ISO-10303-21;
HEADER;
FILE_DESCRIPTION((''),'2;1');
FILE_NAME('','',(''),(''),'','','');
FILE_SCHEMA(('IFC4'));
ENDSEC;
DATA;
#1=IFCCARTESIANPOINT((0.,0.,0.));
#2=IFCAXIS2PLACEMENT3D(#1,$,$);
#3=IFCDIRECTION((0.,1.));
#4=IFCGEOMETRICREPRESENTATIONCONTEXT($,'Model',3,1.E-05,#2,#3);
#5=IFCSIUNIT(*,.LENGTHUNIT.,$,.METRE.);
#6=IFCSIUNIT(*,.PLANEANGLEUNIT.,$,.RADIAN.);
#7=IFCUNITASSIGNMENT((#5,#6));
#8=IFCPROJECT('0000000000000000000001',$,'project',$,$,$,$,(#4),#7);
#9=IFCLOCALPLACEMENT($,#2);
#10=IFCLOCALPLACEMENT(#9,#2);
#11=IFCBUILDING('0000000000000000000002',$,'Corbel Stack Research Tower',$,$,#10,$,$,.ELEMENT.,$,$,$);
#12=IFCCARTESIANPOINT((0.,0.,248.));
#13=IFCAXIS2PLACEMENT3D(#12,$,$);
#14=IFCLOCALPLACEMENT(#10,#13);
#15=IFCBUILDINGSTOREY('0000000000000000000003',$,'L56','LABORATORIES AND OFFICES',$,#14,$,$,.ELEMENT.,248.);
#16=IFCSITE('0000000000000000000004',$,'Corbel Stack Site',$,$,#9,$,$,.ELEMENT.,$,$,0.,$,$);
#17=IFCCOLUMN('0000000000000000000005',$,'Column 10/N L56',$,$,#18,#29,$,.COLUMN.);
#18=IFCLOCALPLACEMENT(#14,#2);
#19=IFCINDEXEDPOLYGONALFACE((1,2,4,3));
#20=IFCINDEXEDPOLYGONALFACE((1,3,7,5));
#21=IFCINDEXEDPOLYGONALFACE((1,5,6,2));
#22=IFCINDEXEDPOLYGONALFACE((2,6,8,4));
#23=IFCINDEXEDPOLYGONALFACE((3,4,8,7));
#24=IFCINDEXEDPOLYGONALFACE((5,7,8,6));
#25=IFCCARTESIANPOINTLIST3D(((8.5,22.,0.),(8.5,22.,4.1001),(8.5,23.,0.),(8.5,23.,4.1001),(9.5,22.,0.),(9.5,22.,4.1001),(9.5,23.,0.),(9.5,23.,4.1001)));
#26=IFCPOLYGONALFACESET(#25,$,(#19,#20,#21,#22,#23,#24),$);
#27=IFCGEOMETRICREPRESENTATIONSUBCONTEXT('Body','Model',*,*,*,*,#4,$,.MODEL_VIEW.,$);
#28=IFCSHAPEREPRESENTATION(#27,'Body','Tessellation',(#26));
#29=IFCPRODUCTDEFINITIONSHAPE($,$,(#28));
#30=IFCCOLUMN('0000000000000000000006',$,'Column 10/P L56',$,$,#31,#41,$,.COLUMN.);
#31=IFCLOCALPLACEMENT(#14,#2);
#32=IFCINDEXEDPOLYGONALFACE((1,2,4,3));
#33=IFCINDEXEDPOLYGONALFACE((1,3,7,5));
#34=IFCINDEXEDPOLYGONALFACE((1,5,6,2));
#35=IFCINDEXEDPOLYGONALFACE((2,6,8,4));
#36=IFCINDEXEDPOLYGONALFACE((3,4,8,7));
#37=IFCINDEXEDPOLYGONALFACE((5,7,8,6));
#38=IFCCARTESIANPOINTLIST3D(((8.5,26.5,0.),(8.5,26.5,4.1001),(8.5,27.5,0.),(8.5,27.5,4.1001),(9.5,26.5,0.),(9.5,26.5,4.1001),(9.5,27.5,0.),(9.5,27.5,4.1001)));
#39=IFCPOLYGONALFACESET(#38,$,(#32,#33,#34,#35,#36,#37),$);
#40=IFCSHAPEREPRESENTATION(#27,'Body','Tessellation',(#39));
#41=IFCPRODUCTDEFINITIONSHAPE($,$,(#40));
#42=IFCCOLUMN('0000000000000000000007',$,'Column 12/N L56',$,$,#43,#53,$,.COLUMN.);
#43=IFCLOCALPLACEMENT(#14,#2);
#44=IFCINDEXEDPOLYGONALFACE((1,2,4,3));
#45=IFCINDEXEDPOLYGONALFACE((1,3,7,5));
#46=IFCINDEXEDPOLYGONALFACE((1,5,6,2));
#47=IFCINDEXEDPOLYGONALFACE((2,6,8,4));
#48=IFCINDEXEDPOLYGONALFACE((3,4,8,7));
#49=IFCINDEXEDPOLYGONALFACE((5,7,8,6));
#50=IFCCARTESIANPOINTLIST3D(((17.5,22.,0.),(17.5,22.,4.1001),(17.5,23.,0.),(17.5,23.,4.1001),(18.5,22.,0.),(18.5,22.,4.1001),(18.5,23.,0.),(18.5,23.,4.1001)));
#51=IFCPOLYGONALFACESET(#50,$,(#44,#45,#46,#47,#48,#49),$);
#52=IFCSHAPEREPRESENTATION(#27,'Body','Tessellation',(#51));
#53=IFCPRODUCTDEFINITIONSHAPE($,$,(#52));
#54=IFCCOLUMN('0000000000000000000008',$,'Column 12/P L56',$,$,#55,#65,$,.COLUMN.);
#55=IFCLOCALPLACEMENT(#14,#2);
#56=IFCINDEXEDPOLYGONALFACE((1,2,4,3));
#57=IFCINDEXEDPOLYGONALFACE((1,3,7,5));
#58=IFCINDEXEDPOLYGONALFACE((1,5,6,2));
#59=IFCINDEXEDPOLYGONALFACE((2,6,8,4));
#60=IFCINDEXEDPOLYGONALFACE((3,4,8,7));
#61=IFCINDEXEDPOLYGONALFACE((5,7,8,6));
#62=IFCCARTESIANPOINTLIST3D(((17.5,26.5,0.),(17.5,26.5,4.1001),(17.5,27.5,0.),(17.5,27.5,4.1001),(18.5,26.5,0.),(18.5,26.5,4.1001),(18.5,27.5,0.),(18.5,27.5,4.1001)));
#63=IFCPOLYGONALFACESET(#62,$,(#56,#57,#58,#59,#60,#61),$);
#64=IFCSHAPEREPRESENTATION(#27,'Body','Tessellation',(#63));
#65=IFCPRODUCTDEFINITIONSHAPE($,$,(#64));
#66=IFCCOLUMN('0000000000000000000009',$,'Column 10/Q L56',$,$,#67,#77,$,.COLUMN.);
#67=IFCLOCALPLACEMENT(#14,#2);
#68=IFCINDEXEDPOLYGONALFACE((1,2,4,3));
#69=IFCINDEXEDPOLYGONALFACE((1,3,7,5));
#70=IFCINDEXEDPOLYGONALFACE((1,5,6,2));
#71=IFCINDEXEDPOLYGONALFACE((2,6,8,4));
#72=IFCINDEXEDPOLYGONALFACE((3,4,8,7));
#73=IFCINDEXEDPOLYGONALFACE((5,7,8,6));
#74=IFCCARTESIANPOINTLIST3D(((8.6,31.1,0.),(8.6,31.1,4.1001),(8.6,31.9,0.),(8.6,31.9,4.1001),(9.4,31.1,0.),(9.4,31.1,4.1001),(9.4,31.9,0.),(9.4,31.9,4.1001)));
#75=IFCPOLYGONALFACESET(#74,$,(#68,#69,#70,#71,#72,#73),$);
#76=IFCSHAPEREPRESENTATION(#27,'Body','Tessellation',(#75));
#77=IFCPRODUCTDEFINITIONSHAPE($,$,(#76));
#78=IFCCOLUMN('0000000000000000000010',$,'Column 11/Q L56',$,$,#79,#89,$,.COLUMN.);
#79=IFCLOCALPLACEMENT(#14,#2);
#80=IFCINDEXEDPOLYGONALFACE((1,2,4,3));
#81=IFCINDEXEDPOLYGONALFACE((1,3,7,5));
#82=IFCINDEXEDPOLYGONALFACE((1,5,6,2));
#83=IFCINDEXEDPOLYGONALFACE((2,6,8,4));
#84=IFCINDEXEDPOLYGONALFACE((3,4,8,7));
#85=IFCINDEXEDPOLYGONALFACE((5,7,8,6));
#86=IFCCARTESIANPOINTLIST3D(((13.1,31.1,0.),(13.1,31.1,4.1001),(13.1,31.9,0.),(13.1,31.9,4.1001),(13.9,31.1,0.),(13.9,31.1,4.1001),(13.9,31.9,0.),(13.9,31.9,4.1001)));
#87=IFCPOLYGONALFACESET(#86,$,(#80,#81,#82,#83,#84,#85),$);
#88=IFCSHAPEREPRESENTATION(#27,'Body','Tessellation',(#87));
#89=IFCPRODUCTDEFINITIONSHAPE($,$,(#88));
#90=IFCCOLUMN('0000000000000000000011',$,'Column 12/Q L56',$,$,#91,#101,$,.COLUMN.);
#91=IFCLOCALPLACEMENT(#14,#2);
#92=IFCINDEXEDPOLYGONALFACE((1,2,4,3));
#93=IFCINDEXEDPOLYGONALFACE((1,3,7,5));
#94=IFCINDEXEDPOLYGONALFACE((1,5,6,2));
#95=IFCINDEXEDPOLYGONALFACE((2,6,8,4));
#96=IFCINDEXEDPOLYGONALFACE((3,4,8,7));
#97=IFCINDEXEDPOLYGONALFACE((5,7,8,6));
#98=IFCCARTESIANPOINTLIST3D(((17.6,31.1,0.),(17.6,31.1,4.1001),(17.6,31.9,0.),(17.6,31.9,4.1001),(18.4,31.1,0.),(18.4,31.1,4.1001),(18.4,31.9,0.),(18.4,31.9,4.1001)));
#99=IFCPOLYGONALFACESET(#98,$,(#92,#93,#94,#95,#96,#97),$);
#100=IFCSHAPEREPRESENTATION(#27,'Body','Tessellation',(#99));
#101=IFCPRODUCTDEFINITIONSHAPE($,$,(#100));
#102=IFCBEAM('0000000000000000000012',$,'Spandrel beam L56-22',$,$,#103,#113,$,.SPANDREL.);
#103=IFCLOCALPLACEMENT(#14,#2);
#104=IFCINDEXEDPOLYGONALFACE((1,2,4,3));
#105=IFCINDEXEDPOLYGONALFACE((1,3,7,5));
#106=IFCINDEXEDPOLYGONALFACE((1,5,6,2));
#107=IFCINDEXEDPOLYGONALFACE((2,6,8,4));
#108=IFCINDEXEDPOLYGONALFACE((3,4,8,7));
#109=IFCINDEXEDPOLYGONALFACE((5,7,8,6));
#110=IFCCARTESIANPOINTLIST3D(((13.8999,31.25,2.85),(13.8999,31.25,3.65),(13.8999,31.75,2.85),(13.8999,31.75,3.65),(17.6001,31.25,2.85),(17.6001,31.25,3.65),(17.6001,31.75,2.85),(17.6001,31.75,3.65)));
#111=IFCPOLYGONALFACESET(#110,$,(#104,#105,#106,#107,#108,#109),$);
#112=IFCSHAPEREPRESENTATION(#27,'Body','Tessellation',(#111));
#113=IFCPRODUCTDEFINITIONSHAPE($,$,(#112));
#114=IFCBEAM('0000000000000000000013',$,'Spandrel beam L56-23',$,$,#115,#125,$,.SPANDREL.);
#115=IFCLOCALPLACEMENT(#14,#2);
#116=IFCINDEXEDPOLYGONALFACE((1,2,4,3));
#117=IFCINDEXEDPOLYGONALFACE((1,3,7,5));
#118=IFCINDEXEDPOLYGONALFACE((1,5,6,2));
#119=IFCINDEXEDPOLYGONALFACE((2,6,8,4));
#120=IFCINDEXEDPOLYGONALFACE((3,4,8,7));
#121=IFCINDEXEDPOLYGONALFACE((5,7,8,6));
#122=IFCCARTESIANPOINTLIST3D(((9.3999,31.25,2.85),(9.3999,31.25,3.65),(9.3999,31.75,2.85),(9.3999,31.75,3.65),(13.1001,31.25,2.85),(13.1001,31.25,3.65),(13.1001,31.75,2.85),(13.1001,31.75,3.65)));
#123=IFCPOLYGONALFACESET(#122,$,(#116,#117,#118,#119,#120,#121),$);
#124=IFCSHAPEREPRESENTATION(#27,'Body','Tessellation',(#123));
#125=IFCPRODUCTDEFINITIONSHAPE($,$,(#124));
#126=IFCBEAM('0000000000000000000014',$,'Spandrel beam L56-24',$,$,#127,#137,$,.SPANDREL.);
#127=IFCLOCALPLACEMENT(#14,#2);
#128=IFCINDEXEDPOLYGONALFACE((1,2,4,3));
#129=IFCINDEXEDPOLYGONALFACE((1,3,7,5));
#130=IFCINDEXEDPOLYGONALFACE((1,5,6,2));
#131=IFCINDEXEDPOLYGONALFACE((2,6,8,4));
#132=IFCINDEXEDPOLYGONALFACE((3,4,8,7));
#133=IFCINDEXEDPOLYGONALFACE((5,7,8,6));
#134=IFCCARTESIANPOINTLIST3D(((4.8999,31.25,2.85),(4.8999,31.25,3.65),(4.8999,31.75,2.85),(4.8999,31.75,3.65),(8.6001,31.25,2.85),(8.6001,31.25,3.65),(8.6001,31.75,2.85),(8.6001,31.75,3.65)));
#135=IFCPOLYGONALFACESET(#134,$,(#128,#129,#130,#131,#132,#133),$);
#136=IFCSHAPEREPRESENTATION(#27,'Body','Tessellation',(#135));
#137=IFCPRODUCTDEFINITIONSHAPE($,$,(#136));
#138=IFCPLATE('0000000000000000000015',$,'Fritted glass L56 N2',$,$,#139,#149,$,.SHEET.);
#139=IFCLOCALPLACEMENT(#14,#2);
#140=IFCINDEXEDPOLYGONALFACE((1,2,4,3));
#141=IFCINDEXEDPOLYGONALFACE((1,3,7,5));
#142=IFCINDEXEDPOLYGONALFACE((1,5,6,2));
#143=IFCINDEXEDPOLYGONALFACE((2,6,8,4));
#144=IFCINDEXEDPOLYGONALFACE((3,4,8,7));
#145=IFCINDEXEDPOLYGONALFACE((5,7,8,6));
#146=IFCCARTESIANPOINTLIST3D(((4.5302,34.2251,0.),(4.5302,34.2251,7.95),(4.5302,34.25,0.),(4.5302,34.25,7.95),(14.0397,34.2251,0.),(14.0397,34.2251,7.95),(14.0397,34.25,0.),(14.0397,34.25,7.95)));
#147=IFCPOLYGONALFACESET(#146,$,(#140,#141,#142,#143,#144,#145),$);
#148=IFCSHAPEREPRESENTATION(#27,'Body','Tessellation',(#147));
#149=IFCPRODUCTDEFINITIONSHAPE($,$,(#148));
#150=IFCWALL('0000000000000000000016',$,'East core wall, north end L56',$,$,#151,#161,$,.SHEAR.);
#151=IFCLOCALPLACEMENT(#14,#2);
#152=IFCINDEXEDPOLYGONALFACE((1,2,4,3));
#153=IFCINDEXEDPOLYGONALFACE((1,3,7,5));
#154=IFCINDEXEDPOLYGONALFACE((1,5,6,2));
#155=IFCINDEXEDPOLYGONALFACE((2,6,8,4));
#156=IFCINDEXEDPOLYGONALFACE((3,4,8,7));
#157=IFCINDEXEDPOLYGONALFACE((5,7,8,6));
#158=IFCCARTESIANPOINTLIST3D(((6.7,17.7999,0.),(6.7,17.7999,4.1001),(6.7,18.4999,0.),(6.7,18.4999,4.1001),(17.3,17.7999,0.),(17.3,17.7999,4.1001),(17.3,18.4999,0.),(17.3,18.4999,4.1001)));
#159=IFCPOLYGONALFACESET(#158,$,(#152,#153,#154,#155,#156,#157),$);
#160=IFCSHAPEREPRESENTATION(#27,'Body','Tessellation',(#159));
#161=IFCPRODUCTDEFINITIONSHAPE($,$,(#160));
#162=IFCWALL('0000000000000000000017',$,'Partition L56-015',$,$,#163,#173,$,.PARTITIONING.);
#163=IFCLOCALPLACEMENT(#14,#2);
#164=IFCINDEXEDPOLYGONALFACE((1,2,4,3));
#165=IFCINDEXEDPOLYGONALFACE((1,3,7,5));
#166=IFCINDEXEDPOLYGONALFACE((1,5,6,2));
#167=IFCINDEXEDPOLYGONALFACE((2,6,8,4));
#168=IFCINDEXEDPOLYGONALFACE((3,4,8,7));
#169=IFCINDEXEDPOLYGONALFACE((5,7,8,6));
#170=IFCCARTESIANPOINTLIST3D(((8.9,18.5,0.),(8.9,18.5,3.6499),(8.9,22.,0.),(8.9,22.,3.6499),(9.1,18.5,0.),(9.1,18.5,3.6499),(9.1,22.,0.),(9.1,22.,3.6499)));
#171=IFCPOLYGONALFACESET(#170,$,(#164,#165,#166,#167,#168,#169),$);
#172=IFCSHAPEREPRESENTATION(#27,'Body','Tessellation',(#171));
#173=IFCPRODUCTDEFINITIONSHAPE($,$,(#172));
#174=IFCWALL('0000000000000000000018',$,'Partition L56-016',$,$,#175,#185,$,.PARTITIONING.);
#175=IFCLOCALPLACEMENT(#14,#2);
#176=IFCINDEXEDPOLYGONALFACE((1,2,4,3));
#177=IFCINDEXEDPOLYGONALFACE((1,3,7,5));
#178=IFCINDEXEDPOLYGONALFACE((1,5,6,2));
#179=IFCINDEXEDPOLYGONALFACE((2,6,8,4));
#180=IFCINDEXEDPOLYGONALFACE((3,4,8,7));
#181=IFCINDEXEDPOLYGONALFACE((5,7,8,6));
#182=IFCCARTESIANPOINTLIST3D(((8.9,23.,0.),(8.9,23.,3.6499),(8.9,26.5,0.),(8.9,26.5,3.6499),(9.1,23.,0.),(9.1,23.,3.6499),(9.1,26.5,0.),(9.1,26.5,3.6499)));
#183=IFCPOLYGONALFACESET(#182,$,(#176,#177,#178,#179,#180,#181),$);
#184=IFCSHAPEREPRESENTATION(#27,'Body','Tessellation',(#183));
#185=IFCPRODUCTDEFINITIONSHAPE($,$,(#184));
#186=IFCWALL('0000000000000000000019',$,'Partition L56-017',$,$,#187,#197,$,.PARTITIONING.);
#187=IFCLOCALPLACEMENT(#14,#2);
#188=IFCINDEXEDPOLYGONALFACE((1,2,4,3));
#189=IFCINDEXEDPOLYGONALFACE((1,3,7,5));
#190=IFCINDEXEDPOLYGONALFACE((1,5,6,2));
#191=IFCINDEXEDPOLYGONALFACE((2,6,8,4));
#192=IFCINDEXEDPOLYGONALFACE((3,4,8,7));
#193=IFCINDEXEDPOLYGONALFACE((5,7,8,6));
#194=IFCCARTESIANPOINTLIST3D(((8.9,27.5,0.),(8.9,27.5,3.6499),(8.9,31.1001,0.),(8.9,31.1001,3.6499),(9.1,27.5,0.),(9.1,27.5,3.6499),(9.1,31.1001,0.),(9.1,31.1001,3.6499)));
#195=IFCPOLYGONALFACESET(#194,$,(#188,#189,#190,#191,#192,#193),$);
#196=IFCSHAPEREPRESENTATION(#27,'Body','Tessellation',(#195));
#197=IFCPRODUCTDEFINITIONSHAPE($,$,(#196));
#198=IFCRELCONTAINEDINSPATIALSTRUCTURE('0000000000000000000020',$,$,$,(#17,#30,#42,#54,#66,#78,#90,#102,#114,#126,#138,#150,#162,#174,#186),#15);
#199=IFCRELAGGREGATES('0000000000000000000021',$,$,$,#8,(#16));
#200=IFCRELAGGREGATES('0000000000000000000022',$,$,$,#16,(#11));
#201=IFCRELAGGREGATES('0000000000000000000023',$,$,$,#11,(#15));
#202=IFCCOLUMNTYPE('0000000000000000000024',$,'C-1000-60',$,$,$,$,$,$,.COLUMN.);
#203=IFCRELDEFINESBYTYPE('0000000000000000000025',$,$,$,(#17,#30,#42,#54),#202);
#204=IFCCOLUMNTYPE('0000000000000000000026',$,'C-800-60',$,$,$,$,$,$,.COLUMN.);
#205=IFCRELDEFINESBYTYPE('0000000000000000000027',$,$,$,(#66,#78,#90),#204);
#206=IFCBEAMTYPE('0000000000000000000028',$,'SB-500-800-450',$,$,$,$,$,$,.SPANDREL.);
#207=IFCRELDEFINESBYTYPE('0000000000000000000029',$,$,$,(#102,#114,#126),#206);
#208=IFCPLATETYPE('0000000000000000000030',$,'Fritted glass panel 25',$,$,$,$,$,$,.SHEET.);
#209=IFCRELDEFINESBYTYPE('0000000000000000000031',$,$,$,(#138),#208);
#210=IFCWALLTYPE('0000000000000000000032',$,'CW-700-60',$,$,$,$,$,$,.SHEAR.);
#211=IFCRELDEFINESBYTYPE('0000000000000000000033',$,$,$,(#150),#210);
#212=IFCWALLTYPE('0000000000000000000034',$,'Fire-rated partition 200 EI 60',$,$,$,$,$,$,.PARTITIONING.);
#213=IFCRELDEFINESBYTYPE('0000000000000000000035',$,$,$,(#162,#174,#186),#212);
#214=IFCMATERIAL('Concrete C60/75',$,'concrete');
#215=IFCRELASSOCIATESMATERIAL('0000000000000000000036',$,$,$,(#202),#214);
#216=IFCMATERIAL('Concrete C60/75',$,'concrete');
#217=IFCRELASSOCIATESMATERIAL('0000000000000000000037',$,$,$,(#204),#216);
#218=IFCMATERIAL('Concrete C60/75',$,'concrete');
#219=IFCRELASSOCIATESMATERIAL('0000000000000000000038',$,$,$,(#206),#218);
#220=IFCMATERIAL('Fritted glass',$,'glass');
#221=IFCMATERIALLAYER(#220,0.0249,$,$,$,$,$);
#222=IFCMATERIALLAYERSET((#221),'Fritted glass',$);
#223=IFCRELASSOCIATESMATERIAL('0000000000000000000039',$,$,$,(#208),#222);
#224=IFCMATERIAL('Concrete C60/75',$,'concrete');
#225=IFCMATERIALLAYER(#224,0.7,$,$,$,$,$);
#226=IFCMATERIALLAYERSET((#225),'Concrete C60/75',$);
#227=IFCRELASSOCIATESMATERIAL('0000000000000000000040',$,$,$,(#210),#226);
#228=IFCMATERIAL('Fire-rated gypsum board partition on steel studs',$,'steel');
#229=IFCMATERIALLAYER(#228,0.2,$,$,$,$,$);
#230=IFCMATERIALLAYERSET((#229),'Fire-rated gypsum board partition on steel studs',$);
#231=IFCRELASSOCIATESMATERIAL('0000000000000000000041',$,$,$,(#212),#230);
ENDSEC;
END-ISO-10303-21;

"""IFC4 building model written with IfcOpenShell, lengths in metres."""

from ifc_helpers import new_model, si_unit, direction, frame, frame_2d, origin, origin_2d, place, context, subcontext, project, spatial, rectangle, extrude, material, layer, layer_set, material_profile, profile_set, type_object, element, save


model = new_model("IFC4")

# Units and contexts
model_context = context("Model", 3, precision=1e-05, world=origin(), true_north=direction((0.0, 1.0)))
body_context = subcontext(model_context, "Body", "Model", "MODEL_VIEW")
ifc_project = project(units=[si_unit("LENGTHUNIT", "METRE"), si_unit("PLANEANGLEUNIT", "RADIAN")], contexts=[model_context])

# Site, building, storey
site_placement = place(None, origin())
site = spatial("IfcSite", under=ifc_project, at=site_placement, Name="Corbel Stack Site", CompositionType="ELEMENT", RefElevation=0.0)
building_placement = place(site_placement, origin())
building = spatial("IfcBuilding", under=site, at=building_placement, Name="Corbel Stack Research Tower", CompositionType="ELEMENT")
storey_placement = place(building_placement, frame((0.0, 0.0, 248.0)))
storey = spatial("IfcBuildingStorey", under=building, at=storey_placement, Name="L56", Description="LABORATORIES AND OFFICES", CompositionType="ELEMENT", Elevation=248.0)

# Columns
ifc_material_1 = material(Name="Concrete C60/75", Category="concrete")
ifc_material_profile_1 = material_profile(ifc_material_1, rectangle(XDim=1.0, YDim=1.0, at=origin_2d()), Name="RC 1000 x 1000")
ifc_profile_set_1 = profile_set([ifc_material_profile_1], Name="Concrete C60/75")
column_type_1 = type_object("IfcColumnType", Name="C-1000-60", PredefinedType="COLUMN", material=ifc_profile_set_1)
for number, where, z_axis, x_axis, name in (
    (1, (9.0, 22.5, 0.0), (0.0, 0.0, 1.0), (1.0, 0.0, 0.0), "Column 10/N L56"),
    (2, (9.0, 27.0, 0.0), (0.0, 0.0, 1.0), (1.0, 0.0, 0.0), "Column 10/P L56"),
    (3, (18.0, 22.5, 0.0), (0.0, 0.0, 1.0), (1.0, 0.0, 0.0), "Column 12/N L56"),
    (4, (18.0, 27.0, 0.0), (0.0, 0.0, 1.0), (1.0, 0.0, 0.0), "Column 12/P L56"),
):
    element("IfcColumn", number, at=place(storey_placement, frame(where, z_axis=z_axis, x_axis=x_axis)), inside=storey, type_object=column_type_1, Name=name, PredefinedType="COLUMN", context=body_context, shape_type="SweptSolid", body=[
        extrude(rectangle(XDim=1.0, YDim=1.0, at=origin_2d()), origin(), (0.0, 0.0, 1.0), 4.1001),
    ])
ifc_material_2 = material(Name="Concrete C60/75", Category="concrete")
ifc_material_profile_2 = material_profile(ifc_material_2, rectangle(XDim=0.8, YDim=0.8, at=origin_2d()), Name="RC 800 x 800")
ifc_profile_set_2 = profile_set([ifc_material_profile_2], Name="Concrete C60/75")
column_type_2 = type_object("IfcColumnType", Name="C-800-60", PredefinedType="COLUMN", material=ifc_profile_set_2)
for number, where, z_axis, x_axis, name in (
    (5, (9.0, 31.5, 0.0), (0.0, 0.0, 1.0), (1.0, 0.0, 0.0), "Column 10/Q L56"),
    (6, (13.5, 31.5, 0.0), (0.0, 0.0, 1.0), (1.0, 0.0, 0.0), "Column 11/Q L56"),
    (7, (18.0, 31.5, 0.0), (0.0, 0.0, 1.0), (1.0, 0.0, 0.0), "Column 12/Q L56"),
):
    element("IfcColumn", number, at=place(storey_placement, frame(where, z_axis=z_axis, x_axis=x_axis)), inside=storey, type_object=column_type_2, Name=name, PredefinedType="COLUMN", context=body_context, shape_type="SweptSolid", body=[
        extrude(rectangle(XDim=0.8, YDim=0.8, at=origin_2d()), origin(), (0.0, 0.0, 1.0), 4.1001),
    ])

# Beams
ifc_material_3 = material(Name="Concrete C60/75", Category="concrete")
ifc_material_profile_3 = material_profile(ifc_material_3, rectangle(XDim=0.5, YDim=0.8, at=origin_2d()), Name="RC 500 x 800")
ifc_profile_set_3 = profile_set([ifc_material_profile_3], Name="Concrete C60/75")
beam_type = type_object("IfcBeamType", Name="SB-500-800-450", PredefinedType="SPANDREL", material=ifc_profile_set_3)
for number, where, z_axis, x_axis, name in (
    (8, (17.6001, 31.5, 3.25), (-1.0, 0.0, 0.0), (0.0, -1.0, 0.0), "Spandrel beam L56-22"),
    (9, (13.1001, 31.5, 3.25), (-1.0, 0.0, 0.0), (0.0, -1.0, 0.0), "Spandrel beam L56-23"),
    (10, (8.6001, 31.5, 3.25), (-1.0, 0.0, 0.0), (0.0, -1.0, 0.0), "Spandrel beam L56-24"),
):
    element("IfcBeam", number, at=place(storey_placement, frame(where, z_axis=z_axis, x_axis=x_axis)), inside=storey, type_object=beam_type, Name=name, PredefinedType="SPANDREL", context=body_context, shape_type="SweptSolid", body=[
        extrude(rectangle(XDim=0.5, YDim=0.8, at=origin_2d()), origin(), (0.0, 0.0, 1.0), 3.7002),
    ])

# Plate
ifc_material_4 = material(Name="Fritted glass", Category="glass")
ifc_layer_1 = layer(ifc_material_4, 0.0249)
ifc_layer_set_1 = layer_set([ifc_layer_1], Name="Fritted glass")
plate_type = type_object("IfcPlateType", Name="Fritted glass panel 25", PredefinedType="SHEET", material=ifc_layer_set_1)
plate_placement = place(storey_placement, frame((9.2849, 34.2375, 0.0), z_axis=(0.0, 0.0, 1.0), x_axis=(-1.0, 0.0, 0.0)))
element("IfcPlate", 11, at=plate_placement, inside=storey, type_object=plate_type, Name="Fritted glass L56 N2", PredefinedType="SHEET", context=body_context, shape_type="SweptSolid", body=[
    extrude(rectangle(XDim=9.5095, YDim=0.0249, at=origin_2d()), origin(), (0.0, 0.0, 1.0), 7.95),
])

# Walls
ifc_material_5 = material(Name="Concrete C60/75", Category="concrete")
ifc_layer_2 = layer(ifc_material_5, 0.7)
ifc_layer_set_2 = layer_set([ifc_layer_2], Name="Concrete C60/75")
wall_type_1 = type_object("IfcWallType", Name="CW-700-60", PredefinedType="SHEAR", material=ifc_layer_set_2)
wall_1_placement = place(storey_placement, frame((6.7, 18.1499, 0.0), z_axis=(0.0, 0.0, 1.0), x_axis=(1.0, 0.0, 0.0)))
element("IfcWall", 12, at=wall_1_placement, inside=storey, type_object=wall_type_1, Name="East core wall, north end L56", PredefinedType="SHEAR", context=body_context, shape_type="SweptSolid", body=[
    extrude(rectangle(XDim=10.6001, YDim=0.7, at=frame_2d((5.3, 0.0))), origin(), (0.0, 0.0, 1.0), 4.1001),
])
ifc_material_6 = material(Name="Fire-rated gypsum board partition on steel studs", Category="steel")
ifc_layer_3 = layer(ifc_material_6, 0.2)
ifc_layer_set_3 = layer_set([ifc_layer_3], Name="Fire-rated gypsum board partition on steel studs")
wall_type_2 = type_object("IfcWallType", Name="Fire-rated partition 200 EI 60", PredefinedType="PARTITIONING", material=ifc_layer_set_3)
for number, where, z_axis, x_axis, name in (
    (13, (9.0, 18.5, 0.0), (0.0, 0.0, 1.0), (0.0, 1.0, 0.0), "Partition L56-015"),
    (14, (9.0, 23.0, 0.0), (0.0, 0.0, 1.0), (0.0, 1.0, 0.0), "Partition L56-016"),
):
    element("IfcWall", number, at=place(storey_placement, frame(where, z_axis=z_axis, x_axis=x_axis)), inside=storey, type_object=wall_type_2, Name=name, PredefinedType="PARTITIONING", context=body_context, shape_type="SweptSolid", body=[
        extrude(rectangle(XDim=3.5, YDim=0.2, at=frame_2d((1.75, 0.0))), origin(), (0.0, 0.0, 1.0), 3.6499),
    ])
wall_2_placement = place(storey_placement, frame((9.0, 27.5, 0.0), z_axis=(0.0, 0.0, 1.0), x_axis=(0.0, 1.0, 0.0)))
element("IfcWall", 15, at=wall_2_placement, inside=storey, type_object=wall_type_2, Name="Partition L56-017", PredefinedType="PARTITIONING", context=body_context, shape_type="SweptSolid", body=[
    extrude(rectangle(XDim=3.6001, YDim=0.2, at=frame_2d((1.8, 0.0))), origin(), (0.0, 0.0, 1.0), 3.6499),
])

save(model, "model.ifc")
